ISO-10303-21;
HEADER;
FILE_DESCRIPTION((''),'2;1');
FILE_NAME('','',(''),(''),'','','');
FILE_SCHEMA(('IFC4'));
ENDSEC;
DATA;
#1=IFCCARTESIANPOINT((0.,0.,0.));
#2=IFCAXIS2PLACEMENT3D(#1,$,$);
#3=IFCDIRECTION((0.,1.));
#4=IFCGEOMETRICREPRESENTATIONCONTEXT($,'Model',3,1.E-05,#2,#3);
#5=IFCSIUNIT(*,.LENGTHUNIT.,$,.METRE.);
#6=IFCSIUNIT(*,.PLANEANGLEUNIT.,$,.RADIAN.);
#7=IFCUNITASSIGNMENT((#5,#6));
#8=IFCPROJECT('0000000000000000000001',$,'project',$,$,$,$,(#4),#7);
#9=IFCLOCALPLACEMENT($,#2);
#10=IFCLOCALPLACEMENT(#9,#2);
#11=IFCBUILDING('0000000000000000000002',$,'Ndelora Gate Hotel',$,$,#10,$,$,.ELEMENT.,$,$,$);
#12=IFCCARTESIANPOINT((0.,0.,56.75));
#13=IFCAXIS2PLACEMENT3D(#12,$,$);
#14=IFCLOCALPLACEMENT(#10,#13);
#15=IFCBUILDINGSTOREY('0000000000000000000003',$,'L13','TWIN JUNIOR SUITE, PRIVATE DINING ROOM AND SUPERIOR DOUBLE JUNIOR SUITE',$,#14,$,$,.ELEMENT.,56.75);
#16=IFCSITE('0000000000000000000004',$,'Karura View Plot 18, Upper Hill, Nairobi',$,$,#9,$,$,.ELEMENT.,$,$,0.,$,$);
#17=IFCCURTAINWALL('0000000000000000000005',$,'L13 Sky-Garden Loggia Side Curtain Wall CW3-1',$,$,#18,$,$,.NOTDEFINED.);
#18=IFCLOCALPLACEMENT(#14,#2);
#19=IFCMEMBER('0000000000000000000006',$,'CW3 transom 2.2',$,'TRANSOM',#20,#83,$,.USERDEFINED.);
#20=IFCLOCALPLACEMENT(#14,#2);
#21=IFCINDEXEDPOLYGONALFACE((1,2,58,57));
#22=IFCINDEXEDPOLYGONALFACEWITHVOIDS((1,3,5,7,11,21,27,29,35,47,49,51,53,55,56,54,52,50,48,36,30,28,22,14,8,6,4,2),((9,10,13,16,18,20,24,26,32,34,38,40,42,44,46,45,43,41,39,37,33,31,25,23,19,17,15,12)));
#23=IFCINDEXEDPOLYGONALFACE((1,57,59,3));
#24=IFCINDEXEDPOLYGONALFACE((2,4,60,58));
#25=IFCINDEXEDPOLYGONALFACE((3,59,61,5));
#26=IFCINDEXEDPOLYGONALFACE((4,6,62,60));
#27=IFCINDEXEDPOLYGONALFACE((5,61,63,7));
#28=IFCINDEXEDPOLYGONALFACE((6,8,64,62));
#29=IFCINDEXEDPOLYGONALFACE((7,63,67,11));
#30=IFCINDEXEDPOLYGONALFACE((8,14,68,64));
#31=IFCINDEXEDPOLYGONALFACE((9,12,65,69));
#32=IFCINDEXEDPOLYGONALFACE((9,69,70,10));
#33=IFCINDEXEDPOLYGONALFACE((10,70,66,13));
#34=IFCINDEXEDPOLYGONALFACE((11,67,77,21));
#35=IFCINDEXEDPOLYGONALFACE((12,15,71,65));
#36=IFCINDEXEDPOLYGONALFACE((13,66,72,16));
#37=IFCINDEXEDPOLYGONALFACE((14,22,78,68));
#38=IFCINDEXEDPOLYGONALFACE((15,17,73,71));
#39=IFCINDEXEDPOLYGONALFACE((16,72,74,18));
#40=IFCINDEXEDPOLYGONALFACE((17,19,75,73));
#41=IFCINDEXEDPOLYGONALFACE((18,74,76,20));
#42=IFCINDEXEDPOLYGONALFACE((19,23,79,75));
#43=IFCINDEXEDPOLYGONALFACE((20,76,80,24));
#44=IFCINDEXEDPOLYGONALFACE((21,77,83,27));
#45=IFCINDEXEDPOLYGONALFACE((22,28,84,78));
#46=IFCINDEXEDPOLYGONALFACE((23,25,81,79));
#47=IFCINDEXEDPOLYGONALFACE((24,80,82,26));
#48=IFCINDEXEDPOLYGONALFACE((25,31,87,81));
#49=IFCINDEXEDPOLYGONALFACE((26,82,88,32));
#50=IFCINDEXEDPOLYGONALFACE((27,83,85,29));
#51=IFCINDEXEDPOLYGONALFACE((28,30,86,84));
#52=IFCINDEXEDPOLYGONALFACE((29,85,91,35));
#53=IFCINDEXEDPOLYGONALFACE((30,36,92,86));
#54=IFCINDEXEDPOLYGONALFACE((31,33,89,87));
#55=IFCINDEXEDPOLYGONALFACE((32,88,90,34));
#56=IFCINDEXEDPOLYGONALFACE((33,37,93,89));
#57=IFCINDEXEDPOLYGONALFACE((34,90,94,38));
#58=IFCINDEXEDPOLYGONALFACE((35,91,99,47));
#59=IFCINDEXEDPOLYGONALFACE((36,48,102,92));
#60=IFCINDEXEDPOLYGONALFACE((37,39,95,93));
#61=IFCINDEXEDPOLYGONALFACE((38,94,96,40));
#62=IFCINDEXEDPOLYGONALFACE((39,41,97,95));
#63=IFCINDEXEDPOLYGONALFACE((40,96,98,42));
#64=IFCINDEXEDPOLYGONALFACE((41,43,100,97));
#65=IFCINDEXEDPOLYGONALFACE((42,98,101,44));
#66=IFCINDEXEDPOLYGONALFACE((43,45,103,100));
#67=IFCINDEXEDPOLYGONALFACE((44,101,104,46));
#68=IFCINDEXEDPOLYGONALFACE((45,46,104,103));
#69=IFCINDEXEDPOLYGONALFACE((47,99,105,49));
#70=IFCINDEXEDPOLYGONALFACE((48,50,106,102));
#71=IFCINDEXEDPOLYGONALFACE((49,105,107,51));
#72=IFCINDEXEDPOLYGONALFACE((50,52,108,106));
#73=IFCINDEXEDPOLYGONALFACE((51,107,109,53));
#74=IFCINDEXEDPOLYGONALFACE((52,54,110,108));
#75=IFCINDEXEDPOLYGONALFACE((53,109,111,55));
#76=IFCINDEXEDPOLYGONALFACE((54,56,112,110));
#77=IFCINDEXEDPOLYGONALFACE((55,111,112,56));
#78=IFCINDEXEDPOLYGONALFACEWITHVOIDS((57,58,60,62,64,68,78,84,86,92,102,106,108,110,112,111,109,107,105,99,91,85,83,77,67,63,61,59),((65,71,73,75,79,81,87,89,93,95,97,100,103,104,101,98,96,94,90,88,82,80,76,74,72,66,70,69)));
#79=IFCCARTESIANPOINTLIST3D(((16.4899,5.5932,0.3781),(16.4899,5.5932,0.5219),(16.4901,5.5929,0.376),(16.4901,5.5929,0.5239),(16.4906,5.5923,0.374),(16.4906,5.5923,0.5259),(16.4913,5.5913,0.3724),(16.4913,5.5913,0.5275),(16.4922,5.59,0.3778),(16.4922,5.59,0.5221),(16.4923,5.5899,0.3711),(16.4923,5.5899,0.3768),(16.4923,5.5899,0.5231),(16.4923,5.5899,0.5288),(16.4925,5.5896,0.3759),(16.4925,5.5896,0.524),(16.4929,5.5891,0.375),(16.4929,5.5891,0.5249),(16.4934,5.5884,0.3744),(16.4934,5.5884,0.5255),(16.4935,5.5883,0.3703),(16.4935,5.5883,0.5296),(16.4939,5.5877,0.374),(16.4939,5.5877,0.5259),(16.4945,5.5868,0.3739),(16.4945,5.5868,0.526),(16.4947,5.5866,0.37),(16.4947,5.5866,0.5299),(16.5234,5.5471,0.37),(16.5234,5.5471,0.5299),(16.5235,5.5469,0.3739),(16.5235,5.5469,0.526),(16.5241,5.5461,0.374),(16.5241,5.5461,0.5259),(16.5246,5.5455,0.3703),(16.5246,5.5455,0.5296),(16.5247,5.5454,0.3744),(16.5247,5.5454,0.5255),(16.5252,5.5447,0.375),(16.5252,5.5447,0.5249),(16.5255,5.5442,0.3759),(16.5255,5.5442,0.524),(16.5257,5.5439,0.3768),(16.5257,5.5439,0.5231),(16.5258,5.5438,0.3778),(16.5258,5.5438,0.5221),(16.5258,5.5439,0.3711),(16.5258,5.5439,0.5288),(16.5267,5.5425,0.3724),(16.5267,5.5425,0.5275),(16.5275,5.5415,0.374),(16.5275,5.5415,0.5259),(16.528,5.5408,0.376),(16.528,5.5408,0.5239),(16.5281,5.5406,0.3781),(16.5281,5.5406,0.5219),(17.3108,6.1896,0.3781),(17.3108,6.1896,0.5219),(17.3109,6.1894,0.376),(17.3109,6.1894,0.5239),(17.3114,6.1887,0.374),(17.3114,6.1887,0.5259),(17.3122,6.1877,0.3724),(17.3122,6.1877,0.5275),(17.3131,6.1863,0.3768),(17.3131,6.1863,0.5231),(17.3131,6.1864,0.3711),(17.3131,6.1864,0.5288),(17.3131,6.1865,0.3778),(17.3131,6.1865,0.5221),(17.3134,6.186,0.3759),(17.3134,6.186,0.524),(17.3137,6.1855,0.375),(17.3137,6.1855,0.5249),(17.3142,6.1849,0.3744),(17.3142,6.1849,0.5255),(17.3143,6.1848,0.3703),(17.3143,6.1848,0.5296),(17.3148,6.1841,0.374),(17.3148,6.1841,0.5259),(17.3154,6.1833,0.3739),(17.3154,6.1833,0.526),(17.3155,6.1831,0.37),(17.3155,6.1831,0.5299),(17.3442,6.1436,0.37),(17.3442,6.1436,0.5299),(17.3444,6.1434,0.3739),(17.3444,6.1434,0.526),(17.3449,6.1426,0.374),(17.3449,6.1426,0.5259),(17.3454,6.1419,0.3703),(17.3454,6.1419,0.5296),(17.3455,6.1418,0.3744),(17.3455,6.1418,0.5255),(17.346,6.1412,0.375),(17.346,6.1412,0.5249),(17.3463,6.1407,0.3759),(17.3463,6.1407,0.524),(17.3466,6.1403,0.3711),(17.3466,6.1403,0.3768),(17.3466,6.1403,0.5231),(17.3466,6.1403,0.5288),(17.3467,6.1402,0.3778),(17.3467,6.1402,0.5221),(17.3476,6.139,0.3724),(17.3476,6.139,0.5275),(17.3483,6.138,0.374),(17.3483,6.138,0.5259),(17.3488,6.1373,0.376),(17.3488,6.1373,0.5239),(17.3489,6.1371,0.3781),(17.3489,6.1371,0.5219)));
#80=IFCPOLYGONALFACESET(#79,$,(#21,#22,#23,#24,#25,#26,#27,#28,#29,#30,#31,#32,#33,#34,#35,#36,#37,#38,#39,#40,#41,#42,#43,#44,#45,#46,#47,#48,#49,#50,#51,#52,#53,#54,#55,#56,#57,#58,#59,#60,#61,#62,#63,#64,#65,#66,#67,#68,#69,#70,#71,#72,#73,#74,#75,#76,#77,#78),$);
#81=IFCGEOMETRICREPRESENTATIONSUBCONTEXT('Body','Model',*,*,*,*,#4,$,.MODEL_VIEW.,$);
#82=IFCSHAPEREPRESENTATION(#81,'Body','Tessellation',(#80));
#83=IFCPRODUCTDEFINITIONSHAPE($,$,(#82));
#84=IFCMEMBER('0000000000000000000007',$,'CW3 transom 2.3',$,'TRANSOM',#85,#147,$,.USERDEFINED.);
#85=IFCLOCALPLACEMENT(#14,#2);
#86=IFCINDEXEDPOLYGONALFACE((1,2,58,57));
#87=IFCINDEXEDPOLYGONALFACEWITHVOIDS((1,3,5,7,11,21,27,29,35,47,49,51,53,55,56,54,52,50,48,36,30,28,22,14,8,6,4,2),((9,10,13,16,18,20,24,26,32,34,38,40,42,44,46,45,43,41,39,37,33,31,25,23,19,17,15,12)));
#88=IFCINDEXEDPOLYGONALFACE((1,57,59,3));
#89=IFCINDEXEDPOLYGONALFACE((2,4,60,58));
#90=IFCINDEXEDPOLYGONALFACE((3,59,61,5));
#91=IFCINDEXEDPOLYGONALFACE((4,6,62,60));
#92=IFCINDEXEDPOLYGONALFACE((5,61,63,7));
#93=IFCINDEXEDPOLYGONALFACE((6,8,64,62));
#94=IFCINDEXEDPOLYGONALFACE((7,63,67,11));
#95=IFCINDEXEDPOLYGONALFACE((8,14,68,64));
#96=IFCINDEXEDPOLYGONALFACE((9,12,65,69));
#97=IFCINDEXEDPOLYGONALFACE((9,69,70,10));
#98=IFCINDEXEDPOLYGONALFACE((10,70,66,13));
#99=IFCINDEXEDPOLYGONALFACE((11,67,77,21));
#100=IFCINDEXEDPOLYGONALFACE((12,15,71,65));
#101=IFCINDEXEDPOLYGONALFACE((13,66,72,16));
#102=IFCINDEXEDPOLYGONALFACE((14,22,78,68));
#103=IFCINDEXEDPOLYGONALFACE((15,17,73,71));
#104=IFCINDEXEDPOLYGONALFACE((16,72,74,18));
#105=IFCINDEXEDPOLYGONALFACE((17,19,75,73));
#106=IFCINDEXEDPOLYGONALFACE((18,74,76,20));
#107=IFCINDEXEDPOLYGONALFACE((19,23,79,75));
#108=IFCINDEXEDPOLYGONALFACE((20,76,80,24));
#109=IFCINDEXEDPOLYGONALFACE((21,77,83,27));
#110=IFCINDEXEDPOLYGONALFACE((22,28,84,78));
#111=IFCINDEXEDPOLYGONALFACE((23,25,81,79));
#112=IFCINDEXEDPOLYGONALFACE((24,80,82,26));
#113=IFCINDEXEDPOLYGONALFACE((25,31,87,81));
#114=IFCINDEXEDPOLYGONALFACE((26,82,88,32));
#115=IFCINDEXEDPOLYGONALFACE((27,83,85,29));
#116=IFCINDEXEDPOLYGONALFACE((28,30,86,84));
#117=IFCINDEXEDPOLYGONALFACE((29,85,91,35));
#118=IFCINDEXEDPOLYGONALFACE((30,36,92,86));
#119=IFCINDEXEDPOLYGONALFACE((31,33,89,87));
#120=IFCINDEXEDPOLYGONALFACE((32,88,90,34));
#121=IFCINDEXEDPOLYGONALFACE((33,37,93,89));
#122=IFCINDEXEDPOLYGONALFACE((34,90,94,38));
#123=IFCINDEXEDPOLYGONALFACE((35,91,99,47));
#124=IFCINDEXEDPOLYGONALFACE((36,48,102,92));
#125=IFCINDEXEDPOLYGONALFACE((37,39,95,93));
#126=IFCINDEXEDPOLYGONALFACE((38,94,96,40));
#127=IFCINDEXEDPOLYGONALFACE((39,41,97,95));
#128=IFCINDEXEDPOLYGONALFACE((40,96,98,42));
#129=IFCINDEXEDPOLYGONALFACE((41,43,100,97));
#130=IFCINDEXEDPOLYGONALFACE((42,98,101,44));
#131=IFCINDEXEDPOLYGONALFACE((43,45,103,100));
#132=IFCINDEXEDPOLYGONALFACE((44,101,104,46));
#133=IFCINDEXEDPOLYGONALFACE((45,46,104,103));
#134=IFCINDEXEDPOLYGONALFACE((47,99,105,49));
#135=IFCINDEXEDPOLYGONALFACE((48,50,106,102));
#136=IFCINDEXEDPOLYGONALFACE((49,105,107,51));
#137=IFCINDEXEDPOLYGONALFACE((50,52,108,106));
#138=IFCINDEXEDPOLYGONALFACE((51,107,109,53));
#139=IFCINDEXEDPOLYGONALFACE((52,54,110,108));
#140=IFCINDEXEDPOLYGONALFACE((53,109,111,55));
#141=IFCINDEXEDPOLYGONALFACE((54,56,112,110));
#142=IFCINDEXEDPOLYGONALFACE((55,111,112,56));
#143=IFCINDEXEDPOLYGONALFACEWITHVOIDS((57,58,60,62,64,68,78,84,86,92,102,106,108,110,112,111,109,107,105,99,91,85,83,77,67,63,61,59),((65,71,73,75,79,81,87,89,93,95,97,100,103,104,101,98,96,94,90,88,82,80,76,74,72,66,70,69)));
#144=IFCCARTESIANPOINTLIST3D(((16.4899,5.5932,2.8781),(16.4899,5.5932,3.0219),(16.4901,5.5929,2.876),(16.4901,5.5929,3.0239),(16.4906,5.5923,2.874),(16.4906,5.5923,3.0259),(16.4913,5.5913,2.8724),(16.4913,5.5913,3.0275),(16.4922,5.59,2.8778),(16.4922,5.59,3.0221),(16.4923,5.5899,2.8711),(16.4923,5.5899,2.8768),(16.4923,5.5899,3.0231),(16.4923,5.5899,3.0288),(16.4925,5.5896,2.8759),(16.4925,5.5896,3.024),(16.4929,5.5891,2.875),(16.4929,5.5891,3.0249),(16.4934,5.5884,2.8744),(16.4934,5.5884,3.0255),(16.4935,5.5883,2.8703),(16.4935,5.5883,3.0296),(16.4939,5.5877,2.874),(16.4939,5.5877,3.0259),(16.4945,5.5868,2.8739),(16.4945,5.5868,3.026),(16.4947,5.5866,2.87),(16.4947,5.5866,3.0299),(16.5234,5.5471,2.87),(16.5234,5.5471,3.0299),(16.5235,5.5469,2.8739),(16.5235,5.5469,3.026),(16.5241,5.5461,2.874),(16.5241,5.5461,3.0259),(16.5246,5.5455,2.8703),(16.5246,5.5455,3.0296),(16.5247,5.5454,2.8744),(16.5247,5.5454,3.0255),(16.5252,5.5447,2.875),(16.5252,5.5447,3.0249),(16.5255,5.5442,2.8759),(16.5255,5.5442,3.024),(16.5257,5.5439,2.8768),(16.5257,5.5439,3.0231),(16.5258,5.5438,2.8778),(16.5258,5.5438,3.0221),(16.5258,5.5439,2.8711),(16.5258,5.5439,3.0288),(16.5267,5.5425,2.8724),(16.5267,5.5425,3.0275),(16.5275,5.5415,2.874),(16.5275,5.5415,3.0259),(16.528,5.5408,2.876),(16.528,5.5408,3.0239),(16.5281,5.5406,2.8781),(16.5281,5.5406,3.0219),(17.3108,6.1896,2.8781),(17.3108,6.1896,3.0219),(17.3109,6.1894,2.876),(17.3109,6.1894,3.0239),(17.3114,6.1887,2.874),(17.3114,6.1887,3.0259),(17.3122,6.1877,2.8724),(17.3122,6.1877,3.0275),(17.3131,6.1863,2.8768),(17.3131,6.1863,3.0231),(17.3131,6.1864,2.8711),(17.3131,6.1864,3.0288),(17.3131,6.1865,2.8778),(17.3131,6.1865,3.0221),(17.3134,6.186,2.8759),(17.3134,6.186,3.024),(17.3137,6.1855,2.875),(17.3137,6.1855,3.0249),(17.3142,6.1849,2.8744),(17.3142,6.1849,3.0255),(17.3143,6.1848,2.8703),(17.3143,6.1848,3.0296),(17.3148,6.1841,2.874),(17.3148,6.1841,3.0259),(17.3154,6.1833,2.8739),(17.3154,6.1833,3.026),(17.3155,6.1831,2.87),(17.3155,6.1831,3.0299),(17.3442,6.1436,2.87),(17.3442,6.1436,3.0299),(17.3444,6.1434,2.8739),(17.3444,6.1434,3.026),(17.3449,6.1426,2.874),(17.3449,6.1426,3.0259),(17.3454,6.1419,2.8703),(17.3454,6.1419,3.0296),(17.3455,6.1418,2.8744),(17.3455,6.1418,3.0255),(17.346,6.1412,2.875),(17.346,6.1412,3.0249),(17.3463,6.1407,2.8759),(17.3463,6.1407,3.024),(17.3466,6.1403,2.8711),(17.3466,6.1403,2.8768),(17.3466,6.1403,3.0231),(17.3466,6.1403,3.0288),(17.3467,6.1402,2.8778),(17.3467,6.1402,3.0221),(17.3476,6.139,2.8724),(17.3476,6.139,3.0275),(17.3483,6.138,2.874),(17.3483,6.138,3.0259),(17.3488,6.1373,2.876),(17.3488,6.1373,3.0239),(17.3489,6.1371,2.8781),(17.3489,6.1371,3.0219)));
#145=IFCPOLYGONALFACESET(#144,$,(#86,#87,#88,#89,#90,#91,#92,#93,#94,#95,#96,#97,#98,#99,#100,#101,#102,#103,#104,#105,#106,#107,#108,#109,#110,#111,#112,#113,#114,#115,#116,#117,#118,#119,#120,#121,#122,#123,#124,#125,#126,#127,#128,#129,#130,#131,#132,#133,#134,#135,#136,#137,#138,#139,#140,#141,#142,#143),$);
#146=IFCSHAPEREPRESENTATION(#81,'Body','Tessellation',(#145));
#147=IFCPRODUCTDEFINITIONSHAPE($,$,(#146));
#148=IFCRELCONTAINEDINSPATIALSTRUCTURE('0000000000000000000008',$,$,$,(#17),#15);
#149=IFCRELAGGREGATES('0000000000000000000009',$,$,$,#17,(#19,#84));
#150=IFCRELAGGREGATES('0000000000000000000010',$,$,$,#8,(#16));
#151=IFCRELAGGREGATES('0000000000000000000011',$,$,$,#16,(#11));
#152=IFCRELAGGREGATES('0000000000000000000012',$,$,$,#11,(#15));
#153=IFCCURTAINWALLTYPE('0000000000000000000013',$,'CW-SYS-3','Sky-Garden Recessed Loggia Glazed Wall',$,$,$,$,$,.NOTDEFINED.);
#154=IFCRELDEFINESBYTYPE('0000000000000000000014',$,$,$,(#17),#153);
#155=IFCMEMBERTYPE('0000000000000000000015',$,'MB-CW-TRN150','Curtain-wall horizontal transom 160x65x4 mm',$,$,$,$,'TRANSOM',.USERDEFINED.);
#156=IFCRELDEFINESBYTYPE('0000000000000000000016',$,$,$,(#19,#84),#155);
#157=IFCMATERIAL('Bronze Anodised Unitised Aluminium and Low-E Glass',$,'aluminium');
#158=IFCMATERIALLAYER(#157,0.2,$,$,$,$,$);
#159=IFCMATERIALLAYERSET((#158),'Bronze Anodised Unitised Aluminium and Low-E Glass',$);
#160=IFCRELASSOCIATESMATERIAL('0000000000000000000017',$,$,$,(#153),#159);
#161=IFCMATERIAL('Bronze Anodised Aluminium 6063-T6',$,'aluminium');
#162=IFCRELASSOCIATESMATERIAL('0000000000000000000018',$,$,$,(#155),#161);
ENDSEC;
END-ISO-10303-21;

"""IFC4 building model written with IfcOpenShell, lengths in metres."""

from ifc_helpers import new_model, si_unit, direction, frame, origin, origin_2d, place, context, subcontext, project, spatial, hollow_rectangle, extrude, material, layer, layer_set, material_profile, profile_set, type_object, element, aggregate, save


model = new_model("IFC4")

# Units and contexts
model_context = context("Model", 3, precision=1e-05, world=origin(), true_north=direction((0.0, 1.0)))
body_context = subcontext(model_context, "Body", "Model", "MODEL_VIEW")
ifc_project = project(units=[si_unit("LENGTHUNIT", "METRE"), si_unit("PLANEANGLEUNIT", "RADIAN")], contexts=[model_context])

# Site, building, storey
site_placement = place(None, origin())
site = spatial("IfcSite", under=ifc_project, at=site_placement, Name="Karura View Plot 18, Upper Hill, Nairobi", CompositionType="ELEMENT", RefElevation=0.0)
building_placement = place(site_placement, origin())
building = spatial("IfcBuilding", under=site, at=building_placement, Name="Ndelora Gate Hotel", CompositionType="ELEMENT")
storey_placement = place(building_placement, frame((0.0, 0.0, 56.75)))
storey = spatial("IfcBuildingStorey", under=building, at=storey_placement, Name="L13", Description="TWIN JUNIOR SUITE, PRIVATE DINING ROOM AND SUPERIOR DOUBLE JUNIOR SUITE", CompositionType="ELEMENT", Elevation=56.75)

# Curtain wall, members
ifc_material_1 = material(Name="Bronze Anodised Unitised Aluminium and Low-E Glass", Category="aluminium")
ifc_layer_1 = layer(ifc_material_1, 0.2)
ifc_layer_set_1 = layer_set([ifc_layer_1], Name="Bronze Anodised Unitised Aluminium and Low-E Glass")
curtain_wall_type = type_object("IfcCurtainWallType", Name="CW-SYS-3", Description="Sky-Garden Recessed Loggia Glazed Wall", PredefinedType="NOTDEFINED", material=ifc_layer_set_1)
curtain_wall_placement = place(storey_placement, origin())
curtain_wall = element("IfcCurtainWall", 1, at=curtain_wall_placement, inside=storey, type_object=curtain_wall_type, Name="L13 Sky-Garden Loggia Side Curtain Wall CW3-1", PredefinedType="NOTDEFINED")
ifc_material_2 = material(Name="Bronze Anodised Aluminium 6063-T6", Category="aluminium")
ifc_material_profile_1 = material_profile(ifc_material_2, hollow_rectangle(XDim=0.0649, YDim=0.1599, WallThickness=0.0039, InnerFilletRadius=0.0039, OuterFilletRadius=0.0081, at=origin_2d()), Name="ALU 160x65x4")
ifc_profile_set_1 = profile_set([ifc_material_profile_1], Name="Bronze Anodised Aluminium 6063-T6")
member_type_1 = type_object("IfcMemberType", Name="MB-CW-TRN150", Description="Curtain-wall horizontal transom 160x65x4 mm", ElementType="TRANSOM", PredefinedType="USERDEFINED", material=ifc_profile_set_1)
member_1_placement = place(storey_placement, frame((16.509, 5.5669, 0.45), z_axis=(0.808975, 0.587843, 0.0), x_axis=(-0.587843, 0.808975, 0.0)))
member_1 = element("IfcMember", 2, at=member_1_placement, type_object=member_type_1, Name="CW3 transom 2.2", ObjectType="TRANSOM", PredefinedType="USERDEFINED", context=body_context, shape_type="SweptSolid", body=[
    extrude(hollow_rectangle(XDim=0.0649, YDim=0.1599, WallThickness=0.0039, InnerFilletRadius=0.0039, OuterFilletRadius=0.0081, at=origin_2d()), origin(), (0.0, 0.0, 1.0), 1.0146),
])
member_2_placement = place(storey_placement, frame((16.509, 5.5669, 2.95), z_axis=(0.808975, 0.587843, 0.0), x_axis=(-0.587843, 0.808975, 0.0)))
member_2 = element("IfcMember", 3, at=member_2_placement, type_object=member_type_1, Name="CW3 transom 2.3", ObjectType="TRANSOM", PredefinedType="USERDEFINED", context=body_context, shape_type="SweptSolid", body=[
    extrude(hollow_rectangle(XDim=0.0649, YDim=0.1599, WallThickness=0.0039, InnerFilletRadius=0.0039, OuterFilletRadius=0.0081, at=origin_2d()), origin(), (0.0, 0.0, 1.0), 1.0146),
])
aggregate(curtain_wall, [member_1, member_2])

save(model, "model.ifc")
